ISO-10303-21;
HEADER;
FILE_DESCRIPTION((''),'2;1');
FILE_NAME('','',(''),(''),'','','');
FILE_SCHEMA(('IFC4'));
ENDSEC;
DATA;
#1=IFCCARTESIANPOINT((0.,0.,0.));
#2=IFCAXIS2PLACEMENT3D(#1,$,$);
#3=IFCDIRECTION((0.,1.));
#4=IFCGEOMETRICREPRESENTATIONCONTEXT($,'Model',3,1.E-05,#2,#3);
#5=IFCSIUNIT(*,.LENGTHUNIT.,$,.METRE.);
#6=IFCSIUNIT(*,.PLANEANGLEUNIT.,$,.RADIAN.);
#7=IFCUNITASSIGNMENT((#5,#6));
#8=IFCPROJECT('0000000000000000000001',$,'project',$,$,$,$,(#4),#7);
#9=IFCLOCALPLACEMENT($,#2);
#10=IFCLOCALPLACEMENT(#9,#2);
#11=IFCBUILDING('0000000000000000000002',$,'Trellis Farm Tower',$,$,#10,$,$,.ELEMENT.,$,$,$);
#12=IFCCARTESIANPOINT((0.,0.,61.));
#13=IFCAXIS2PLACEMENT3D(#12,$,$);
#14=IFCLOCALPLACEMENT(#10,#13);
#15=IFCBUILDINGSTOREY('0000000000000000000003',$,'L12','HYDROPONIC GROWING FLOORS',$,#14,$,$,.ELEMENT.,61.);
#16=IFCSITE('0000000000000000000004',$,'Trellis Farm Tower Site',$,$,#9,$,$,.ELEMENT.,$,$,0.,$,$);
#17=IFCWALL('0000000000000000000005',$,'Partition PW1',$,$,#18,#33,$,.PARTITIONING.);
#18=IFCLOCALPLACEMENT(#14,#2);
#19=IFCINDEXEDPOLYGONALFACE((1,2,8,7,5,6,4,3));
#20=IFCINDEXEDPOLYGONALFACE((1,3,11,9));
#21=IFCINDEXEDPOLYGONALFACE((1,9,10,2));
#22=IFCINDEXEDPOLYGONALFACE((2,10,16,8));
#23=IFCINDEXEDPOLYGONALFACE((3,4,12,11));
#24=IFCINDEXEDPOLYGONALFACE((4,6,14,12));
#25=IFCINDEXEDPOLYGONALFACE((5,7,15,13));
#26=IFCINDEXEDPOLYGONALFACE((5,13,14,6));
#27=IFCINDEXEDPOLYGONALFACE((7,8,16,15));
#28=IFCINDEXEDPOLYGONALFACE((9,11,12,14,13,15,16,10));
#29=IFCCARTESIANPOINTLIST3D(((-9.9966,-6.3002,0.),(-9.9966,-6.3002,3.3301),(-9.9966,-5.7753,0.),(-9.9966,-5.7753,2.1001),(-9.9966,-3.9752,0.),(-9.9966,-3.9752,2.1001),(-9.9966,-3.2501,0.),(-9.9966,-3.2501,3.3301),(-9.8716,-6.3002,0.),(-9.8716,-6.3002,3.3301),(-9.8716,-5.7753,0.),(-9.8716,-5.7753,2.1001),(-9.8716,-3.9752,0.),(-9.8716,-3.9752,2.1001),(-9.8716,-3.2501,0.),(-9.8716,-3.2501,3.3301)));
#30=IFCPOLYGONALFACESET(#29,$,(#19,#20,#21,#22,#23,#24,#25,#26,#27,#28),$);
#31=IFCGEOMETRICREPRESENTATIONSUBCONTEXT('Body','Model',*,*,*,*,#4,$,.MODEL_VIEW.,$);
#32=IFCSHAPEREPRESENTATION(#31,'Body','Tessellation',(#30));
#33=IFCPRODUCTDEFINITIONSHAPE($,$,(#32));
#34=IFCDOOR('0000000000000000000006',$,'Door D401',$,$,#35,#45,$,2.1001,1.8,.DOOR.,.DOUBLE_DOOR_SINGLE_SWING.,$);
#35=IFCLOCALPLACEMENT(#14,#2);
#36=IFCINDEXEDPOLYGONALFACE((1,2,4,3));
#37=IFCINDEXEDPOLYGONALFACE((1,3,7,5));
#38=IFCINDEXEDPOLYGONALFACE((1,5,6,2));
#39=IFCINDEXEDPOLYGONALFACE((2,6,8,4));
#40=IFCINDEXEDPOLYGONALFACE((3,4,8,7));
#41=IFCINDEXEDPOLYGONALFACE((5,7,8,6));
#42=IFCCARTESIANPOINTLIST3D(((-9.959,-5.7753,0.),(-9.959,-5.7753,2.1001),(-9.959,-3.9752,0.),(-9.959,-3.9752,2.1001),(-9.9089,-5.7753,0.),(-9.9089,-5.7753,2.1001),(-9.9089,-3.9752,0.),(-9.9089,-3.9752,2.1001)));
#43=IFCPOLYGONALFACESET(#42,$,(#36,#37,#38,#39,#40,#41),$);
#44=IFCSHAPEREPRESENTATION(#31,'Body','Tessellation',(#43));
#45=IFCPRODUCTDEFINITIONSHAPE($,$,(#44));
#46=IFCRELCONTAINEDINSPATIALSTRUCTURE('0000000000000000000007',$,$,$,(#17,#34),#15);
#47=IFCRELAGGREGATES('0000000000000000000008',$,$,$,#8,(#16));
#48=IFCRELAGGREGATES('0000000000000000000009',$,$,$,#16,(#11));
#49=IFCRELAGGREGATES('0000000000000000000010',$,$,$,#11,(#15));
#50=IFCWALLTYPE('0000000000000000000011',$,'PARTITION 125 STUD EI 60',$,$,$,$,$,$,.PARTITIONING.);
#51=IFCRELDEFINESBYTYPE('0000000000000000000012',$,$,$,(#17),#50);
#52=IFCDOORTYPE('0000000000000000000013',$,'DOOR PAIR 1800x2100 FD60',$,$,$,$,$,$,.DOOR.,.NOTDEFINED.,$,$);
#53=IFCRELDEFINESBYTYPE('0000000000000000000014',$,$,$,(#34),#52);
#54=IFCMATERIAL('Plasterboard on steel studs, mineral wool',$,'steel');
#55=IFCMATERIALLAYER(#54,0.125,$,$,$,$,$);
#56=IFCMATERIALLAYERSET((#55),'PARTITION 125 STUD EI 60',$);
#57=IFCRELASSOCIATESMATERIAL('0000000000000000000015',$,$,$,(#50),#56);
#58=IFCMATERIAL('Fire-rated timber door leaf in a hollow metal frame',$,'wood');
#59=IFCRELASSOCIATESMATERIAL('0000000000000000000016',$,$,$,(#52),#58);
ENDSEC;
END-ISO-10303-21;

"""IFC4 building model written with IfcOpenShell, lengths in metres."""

from ifc_helpers import new_model, si_unit, direction, frame, frame_2d, origin, place, context, subcontext, project, spatial, rectangle, extrude, source, transform, mapped, material, layer, layer_set, type_object, element, fill, save


model = new_model("IFC4")

# Units and contexts
model_context = context("Model", 3, precision=1e-05, world=origin(), true_north=direction((0.0, 1.0)))
body_context = subcontext(model_context, "Body", "Model", "MODEL_VIEW")
ifc_project = project(units=[si_unit("LENGTHUNIT", "METRE"), si_unit("PLANEANGLEUNIT", "RADIAN")], contexts=[model_context])

# Site, building, storey
site_placement = place(None, origin())
site = spatial("IfcSite", under=ifc_project, at=site_placement, Name="Trellis Farm Tower Site", CompositionType="ELEMENT", RefElevation=0.0)
building_placement = place(site_placement, origin())
building = spatial("IfcBuilding", under=site, at=building_placement, Name="Trellis Farm Tower", CompositionType="ELEMENT")
storey_placement = place(building_placement, frame((0.0, 0.0, 61.0)))
storey = spatial("IfcBuildingStorey", under=building, at=storey_placement, Name="L12", Description="HYDROPONIC GROWING FLOORS", CompositionType="ELEMENT", Elevation=61.0)

# Shared definitions
ifc_material_1 = material(Name="Plasterboard on steel studs, mineral wool", Category="steel")
ifc_layer_1 = layer(ifc_material_1, 0.125)
ifc_layer_set_1 = layer_set([ifc_layer_1], Name="PARTITION 125 STUD EI 60")
wall_type_1 = type_object("IfcWallType", Name="PARTITION 125 STUD EI 60", PredefinedType="PARTITIONING", material=ifc_layer_set_1)

# Wall, opening, door
shared_shape_1 = source(origin(), body_context, "Body", "SweptSolid", [
    extrude(rectangle(XDim=3.05, YDim=0.125, at=frame_2d((1.5249, 0.0))), origin(), (0.0, 0.0, 1.0), 3.3301),
])
wall_1_placement = place(storey_placement, frame((-9.9341, -6.3, 0.0), z_axis=(0.0, 0.0, 1.0), x_axis=(0.0, 1.0, 0.0)))
wall_1 = element("IfcWall", 1, at=wall_1_placement, inside=storey, type_object=wall_type_1, Name="Partition PW1", PredefinedType="PARTITIONING", context=body_context, shape_type="MappedRepresentation", body=[
    mapped(shared_shape_1, transform((0.0, 0.0, 0.0))),
])
shared_shape_2 = source(origin(), body_context, "Body", "SweptSolid", [
    extrude(rectangle(XDim=1.8, YDim=2.1001, at=frame_2d((0.8999, 1.05))), frame((0.0, 0.0725, 0.0), z_axis=(0.0, -1.0, 0.0), x_axis=(1.0, 0.0, 0.0)), (0.0, 0.0, 1.0), 0.145),
])
opening_1_placement = place(wall_1_placement, frame((0.5249, 0.0, 0.0)))
opening_1 = element("IfcOpeningElement", 2, at=opening_1_placement, cuts=wall_1, PredefinedType="OPENING", context=body_context, shape_type="MappedRepresentation", body=[
    mapped(shared_shape_2, transform((0.0, 0.0, 0.0))),
])
ifc_material_2 = material(Name="Fire-rated timber door leaf in a hollow metal frame", Category="wood")
door_type_1 = type_object("IfcDoorType", Name="DOOR PAIR 1800x2100 FD60", OperationType="NOTDEFINED", PredefinedType="DOOR", material=ifc_material_2)
shared_shape_3 = source(origin(), body_context, "Body", "SweptSolid", [
    extrude(rectangle(XDim=1.8, YDim=2.1001, at=frame_2d((0.8999, 1.05))), frame((0.0, 0.0249, 0.0), z_axis=(0.0, -1.0, 0.0), x_axis=(1.0, 0.0, 0.0)), (0.0, 0.0, 1.0), 0.05),
])
door_1_placement = place(opening_1_placement, origin())
door_1 = element("IfcDoor", 3, at=door_1_placement, inside=storey, type_object=door_type_1, Name="Door D401", OperationType="DOUBLE_DOOR_SINGLE_SWING", OverallHeight=2.1001, OverallWidth=1.8, PredefinedType="DOOR", context=body_context, shape_type="MappedRepresentation", body=[
    mapped(shared_shape_3, transform((0.0, 0.0, 0.0))),
])
fill(opening_1, door_1)

save(model, "model.ifc")
